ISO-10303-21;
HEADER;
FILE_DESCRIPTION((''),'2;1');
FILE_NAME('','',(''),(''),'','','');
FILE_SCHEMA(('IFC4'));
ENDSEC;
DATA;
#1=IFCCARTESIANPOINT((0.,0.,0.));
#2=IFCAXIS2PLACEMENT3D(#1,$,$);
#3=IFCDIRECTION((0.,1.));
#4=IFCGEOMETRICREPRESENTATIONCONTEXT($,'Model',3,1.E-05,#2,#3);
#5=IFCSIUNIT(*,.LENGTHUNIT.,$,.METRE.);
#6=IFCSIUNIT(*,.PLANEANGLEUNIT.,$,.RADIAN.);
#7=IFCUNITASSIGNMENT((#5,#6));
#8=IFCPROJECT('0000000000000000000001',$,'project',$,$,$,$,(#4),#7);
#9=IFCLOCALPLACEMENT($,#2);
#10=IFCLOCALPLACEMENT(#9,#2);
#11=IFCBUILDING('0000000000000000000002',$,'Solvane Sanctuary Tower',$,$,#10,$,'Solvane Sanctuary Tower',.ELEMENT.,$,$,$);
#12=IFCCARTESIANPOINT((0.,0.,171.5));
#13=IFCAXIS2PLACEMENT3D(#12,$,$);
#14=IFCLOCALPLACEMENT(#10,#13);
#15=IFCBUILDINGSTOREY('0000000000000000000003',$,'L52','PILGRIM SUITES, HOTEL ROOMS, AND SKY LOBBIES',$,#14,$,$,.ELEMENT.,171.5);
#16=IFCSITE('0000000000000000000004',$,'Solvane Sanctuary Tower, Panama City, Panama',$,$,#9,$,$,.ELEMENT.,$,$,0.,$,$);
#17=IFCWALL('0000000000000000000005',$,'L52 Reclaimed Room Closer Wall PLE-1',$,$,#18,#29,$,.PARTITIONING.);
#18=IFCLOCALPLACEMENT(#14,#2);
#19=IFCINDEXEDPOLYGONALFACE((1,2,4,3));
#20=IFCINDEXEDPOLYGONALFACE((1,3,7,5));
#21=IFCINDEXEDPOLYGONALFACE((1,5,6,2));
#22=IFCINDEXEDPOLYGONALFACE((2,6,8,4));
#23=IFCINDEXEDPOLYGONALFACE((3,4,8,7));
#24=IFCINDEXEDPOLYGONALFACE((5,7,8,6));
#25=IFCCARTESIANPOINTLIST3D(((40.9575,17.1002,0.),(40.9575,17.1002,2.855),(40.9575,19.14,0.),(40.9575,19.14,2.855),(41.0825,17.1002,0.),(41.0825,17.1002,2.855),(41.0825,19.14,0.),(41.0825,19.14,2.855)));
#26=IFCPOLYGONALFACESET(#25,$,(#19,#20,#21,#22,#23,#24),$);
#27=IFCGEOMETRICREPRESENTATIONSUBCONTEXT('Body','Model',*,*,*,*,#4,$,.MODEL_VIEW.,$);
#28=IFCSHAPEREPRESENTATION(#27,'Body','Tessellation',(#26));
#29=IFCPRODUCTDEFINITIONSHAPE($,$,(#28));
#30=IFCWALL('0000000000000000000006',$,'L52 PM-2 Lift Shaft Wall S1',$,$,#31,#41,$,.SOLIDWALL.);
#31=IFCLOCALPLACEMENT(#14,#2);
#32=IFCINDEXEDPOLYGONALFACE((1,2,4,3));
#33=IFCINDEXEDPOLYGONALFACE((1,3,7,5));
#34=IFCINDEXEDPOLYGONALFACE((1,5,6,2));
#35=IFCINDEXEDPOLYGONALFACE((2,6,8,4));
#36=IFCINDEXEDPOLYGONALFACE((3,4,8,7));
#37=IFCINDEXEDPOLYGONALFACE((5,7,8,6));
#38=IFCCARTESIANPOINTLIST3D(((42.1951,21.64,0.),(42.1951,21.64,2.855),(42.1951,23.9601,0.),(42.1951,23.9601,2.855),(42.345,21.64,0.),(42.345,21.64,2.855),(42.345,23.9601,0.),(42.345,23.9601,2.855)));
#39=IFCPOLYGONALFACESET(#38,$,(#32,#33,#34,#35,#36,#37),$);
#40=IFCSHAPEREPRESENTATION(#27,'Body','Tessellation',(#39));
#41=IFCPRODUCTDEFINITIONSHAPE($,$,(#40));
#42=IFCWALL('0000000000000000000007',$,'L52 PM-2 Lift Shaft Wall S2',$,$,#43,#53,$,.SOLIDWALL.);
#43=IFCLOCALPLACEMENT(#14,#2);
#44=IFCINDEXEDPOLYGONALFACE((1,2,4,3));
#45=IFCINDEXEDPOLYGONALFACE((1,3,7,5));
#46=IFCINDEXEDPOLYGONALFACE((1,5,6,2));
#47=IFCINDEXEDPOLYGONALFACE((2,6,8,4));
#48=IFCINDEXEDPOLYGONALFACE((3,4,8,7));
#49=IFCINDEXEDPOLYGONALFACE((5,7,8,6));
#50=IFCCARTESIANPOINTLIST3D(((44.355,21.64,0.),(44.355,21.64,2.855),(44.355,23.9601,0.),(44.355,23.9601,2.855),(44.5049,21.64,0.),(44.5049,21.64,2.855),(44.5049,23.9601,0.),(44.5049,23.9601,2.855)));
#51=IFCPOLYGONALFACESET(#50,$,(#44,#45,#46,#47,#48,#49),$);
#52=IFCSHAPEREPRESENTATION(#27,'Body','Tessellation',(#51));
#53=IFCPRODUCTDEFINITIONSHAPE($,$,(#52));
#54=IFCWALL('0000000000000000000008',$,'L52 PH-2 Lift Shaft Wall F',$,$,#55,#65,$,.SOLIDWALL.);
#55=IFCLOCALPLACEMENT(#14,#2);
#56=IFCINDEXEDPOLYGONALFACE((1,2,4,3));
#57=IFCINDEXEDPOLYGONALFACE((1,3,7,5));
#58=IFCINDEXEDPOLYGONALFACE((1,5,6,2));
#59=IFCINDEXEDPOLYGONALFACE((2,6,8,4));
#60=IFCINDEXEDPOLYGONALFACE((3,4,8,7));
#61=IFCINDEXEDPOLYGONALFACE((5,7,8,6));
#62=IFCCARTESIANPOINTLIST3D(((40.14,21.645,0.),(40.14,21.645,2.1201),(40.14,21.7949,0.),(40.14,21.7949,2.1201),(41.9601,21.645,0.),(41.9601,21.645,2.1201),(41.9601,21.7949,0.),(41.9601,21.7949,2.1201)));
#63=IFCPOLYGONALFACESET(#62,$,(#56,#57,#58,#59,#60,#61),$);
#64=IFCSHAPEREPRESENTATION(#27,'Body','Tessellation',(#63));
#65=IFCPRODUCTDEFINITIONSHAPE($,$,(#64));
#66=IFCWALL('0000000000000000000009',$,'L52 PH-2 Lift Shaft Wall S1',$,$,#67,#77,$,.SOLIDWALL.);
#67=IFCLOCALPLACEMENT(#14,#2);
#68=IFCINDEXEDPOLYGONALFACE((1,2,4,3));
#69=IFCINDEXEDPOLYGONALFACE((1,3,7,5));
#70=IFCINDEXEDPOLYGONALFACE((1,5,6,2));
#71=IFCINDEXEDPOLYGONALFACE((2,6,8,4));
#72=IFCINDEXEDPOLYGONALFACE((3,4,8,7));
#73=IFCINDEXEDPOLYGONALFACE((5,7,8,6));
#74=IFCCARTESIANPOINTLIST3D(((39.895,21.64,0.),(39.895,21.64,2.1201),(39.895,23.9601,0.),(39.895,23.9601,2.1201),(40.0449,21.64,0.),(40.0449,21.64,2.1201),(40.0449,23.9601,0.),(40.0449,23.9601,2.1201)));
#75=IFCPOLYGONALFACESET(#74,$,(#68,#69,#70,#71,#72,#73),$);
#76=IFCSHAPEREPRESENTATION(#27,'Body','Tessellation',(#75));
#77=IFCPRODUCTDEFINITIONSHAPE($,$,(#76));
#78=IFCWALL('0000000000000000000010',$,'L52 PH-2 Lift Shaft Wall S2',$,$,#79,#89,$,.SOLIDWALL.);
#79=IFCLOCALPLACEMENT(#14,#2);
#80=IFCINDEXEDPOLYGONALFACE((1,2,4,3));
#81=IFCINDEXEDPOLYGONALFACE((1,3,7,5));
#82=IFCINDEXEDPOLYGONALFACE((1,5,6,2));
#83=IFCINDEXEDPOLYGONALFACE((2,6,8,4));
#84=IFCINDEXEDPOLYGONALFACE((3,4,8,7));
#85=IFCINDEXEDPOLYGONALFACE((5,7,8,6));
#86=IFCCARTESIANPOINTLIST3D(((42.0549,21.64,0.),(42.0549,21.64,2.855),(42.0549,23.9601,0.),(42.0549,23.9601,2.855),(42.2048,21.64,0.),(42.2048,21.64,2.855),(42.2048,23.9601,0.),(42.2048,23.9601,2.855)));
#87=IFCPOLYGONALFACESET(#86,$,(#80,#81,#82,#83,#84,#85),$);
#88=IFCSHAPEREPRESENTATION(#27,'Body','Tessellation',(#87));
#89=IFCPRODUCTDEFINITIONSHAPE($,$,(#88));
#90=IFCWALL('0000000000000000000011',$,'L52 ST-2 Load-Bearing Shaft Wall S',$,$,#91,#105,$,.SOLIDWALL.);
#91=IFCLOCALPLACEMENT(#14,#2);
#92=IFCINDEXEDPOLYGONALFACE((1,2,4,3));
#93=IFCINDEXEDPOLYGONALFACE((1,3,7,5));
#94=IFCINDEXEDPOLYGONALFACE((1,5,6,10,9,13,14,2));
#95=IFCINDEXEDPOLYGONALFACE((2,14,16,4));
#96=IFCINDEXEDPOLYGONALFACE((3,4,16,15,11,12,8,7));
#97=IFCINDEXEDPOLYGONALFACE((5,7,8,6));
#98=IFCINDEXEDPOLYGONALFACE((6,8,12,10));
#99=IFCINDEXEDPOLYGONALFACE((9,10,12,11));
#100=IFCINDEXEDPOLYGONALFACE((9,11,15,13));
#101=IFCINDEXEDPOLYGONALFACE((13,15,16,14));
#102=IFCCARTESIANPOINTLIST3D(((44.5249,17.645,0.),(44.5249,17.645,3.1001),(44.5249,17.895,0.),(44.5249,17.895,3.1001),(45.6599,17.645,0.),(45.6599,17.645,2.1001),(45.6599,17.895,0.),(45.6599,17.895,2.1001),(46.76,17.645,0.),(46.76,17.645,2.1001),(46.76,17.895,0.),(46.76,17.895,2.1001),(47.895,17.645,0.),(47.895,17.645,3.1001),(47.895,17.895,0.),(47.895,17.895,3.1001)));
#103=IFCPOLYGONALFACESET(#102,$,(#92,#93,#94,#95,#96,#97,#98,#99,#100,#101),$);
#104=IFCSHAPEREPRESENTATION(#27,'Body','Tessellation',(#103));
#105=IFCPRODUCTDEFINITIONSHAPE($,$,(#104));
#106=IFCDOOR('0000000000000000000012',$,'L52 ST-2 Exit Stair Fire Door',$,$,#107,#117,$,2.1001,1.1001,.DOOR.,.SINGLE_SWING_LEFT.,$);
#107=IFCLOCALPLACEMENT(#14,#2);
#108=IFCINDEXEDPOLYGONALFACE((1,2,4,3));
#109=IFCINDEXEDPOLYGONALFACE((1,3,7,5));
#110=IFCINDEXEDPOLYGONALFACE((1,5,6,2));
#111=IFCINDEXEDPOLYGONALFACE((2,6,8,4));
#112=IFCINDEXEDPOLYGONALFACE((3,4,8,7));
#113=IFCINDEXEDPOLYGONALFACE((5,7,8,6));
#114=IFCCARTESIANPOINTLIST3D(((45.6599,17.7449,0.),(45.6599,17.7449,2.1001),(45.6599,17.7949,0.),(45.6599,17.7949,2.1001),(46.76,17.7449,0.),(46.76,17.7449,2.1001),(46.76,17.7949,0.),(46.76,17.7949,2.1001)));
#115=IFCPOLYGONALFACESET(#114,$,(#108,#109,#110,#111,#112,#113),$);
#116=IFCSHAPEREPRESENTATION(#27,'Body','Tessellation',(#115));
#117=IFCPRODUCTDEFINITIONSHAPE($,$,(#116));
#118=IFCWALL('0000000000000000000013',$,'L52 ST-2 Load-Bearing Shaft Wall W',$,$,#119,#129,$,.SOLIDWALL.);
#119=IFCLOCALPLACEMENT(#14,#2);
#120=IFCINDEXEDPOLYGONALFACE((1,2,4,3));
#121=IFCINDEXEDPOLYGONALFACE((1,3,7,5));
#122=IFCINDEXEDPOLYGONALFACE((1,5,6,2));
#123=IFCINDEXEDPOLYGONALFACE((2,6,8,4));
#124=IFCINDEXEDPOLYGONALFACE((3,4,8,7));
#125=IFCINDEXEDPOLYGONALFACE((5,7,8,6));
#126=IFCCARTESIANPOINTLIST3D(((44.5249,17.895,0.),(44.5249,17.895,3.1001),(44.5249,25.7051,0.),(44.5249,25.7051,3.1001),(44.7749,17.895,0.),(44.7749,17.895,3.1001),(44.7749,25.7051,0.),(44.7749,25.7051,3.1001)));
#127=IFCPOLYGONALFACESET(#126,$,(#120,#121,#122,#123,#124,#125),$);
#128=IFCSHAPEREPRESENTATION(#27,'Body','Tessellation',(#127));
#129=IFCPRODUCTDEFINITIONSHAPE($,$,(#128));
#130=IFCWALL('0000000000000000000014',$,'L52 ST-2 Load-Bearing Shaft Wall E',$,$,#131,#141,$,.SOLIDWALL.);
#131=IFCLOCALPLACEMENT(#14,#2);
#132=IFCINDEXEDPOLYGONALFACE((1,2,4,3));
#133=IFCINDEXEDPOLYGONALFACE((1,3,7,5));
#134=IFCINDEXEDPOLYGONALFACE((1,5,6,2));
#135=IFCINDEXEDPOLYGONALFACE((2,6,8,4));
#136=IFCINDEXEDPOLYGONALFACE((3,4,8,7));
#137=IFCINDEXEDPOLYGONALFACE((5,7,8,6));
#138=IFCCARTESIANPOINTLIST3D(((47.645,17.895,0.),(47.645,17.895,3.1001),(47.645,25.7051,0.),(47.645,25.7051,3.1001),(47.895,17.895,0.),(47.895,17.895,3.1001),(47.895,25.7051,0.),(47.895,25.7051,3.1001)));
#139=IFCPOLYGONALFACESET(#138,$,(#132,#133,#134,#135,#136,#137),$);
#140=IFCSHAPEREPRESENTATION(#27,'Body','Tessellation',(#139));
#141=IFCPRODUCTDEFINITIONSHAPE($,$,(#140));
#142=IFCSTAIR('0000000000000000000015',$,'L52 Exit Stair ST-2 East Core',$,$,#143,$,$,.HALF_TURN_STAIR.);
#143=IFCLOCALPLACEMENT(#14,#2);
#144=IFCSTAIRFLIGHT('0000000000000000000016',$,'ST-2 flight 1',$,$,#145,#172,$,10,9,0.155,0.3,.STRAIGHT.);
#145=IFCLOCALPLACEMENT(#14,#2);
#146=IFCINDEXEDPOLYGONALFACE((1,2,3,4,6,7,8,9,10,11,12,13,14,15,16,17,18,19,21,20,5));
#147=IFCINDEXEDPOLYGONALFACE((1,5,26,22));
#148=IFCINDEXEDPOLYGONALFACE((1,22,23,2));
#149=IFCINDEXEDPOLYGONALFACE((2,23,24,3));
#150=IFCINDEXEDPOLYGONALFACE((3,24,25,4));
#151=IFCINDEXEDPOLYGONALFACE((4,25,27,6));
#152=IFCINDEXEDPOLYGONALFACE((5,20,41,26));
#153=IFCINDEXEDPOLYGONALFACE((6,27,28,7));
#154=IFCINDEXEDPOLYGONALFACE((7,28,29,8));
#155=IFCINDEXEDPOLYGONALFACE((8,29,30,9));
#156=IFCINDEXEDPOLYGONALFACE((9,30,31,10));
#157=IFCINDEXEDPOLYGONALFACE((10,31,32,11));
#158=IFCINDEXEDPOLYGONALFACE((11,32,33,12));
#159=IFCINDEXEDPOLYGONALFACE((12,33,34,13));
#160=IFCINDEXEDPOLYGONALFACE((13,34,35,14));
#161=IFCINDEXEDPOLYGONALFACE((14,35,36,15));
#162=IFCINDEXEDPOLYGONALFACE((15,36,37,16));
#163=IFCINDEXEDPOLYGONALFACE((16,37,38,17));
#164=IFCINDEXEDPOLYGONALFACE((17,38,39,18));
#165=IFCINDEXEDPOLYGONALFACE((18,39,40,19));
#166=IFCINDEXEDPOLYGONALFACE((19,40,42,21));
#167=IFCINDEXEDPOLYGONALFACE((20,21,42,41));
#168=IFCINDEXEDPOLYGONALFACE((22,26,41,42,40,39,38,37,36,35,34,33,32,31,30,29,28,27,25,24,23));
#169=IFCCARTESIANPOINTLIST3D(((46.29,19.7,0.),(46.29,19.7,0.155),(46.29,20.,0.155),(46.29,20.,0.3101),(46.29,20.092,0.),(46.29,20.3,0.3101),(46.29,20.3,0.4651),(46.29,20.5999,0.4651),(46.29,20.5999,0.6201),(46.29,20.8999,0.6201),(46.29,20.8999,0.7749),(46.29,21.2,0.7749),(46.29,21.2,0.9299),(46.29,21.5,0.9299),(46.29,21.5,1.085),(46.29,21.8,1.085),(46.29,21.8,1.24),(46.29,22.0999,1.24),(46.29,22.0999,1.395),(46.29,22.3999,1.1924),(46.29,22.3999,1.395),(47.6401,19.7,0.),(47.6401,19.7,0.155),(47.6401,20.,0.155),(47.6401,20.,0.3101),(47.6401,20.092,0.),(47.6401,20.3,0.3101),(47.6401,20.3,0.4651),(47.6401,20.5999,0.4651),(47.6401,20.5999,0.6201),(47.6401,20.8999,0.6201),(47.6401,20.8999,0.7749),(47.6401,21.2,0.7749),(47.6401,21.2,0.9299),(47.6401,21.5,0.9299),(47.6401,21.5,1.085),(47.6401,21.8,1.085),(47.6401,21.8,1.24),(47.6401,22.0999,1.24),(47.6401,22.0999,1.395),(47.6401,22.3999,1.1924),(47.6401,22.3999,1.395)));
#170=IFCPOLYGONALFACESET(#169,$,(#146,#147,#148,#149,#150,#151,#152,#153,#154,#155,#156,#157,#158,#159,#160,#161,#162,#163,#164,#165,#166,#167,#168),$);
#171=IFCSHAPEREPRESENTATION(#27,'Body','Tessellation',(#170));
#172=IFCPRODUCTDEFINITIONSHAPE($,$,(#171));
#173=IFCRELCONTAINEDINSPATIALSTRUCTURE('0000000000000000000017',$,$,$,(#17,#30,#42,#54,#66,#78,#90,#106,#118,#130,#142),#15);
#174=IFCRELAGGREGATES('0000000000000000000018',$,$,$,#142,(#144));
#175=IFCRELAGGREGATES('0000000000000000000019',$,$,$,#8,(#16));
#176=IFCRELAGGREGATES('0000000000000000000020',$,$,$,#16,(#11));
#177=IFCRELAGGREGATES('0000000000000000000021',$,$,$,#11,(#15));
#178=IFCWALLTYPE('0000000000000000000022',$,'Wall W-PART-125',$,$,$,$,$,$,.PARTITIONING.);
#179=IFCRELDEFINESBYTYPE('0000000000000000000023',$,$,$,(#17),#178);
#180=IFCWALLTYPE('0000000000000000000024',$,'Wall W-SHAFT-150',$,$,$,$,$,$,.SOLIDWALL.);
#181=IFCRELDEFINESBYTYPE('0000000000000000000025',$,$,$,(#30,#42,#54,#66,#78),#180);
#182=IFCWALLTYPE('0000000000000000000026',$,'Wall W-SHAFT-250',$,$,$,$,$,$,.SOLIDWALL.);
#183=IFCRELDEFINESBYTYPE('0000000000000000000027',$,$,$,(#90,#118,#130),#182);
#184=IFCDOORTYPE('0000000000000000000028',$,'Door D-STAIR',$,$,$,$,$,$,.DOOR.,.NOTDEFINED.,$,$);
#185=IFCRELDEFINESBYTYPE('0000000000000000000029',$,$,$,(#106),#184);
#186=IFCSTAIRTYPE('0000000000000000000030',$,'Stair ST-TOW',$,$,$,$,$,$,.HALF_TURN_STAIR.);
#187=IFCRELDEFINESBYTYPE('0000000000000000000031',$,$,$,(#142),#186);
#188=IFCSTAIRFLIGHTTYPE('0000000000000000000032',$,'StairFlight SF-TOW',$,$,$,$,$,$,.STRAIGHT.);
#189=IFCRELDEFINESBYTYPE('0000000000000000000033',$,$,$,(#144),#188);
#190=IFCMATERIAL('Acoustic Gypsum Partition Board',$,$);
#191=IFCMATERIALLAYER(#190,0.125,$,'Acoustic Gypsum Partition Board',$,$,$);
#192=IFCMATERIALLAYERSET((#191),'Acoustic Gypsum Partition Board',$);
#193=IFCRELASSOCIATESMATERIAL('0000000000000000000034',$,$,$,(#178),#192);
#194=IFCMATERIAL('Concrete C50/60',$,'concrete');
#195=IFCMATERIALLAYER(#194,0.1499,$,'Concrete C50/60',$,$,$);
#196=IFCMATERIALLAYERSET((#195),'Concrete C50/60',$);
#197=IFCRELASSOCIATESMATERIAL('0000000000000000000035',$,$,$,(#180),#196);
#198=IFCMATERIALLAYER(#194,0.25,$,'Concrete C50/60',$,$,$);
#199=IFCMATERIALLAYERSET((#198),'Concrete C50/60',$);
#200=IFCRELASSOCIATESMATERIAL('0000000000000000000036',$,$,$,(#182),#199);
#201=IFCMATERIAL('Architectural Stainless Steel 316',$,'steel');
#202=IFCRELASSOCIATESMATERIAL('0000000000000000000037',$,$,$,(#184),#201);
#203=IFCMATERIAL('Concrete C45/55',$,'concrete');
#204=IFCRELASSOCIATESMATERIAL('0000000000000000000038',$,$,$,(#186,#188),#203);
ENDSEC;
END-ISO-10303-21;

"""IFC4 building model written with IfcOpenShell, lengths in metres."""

from ifc_helpers import new_model, si_unit, direction, frame, frame_2d, origin, place, context, subcontext, project, spatial, polyline, rectangle, outline, extrude, material, layer, layer_set, type_object, element, fill, aggregate, save


model = new_model("IFC4")

# Units and contexts
model_context = context("Model", 3, precision=1e-05, world=origin(), true_north=direction((0.0, 1.0)))
body_context = subcontext(model_context, "Body", "Model", "MODEL_VIEW")
ifc_project = project(units=[si_unit("LENGTHUNIT", "METRE"), si_unit("PLANEANGLEUNIT", "RADIAN")], contexts=[model_context])

# Site, building, storey
site_placement = place(None, origin())
site = spatial("IfcSite", under=ifc_project, at=site_placement, Name="Solvane Sanctuary Tower, Panama City, Panama", CompositionType="ELEMENT", RefElevation=0.0)
building_placement = place(site_placement, origin())
building = spatial("IfcBuilding", under=site, at=building_placement, Name="Solvane Sanctuary Tower", LongName="Solvane Sanctuary Tower", CompositionType="ELEMENT")
storey_placement = place(building_placement, frame((0.0, 0.0, 171.5)))
storey = spatial("IfcBuildingStorey", under=building, at=storey_placement, Name="L52", Description="PILGRIM SUITES, HOTEL ROOMS, AND SKY LOBBIES", CompositionType="ELEMENT", Elevation=171.5)

# Shared definitions
ifc_material_1 = material(Name="Acoustic Gypsum Partition Board")

# Shared definitions
ifc_layer_1 = layer(ifc_material_1, 0.125, Name="Acoustic Gypsum Partition Board")
ifc_layer_set_1 = layer_set([ifc_layer_1], Name="Acoustic Gypsum Partition Board")
wall_type_1 = type_object("IfcWallType", Name="Wall W-PART-125", PredefinedType="PARTITIONING", material=ifc_layer_set_1)
ifc_material_2 = material(Name="Architectural Stainless Steel 316", Category="steel")

# Walls
wall_1_placement = place(storey_placement, frame((41.02, 17.1001, 0.0), z_axis=(0.0, 0.0, 1.0), x_axis=(0.0, 1.0, 0.0)))
element("IfcWall", 1, at=wall_1_placement, inside=storey, type_object=wall_type_1, Name="L52 Reclaimed Room Closer Wall PLE-1", PredefinedType="PARTITIONING", context=body_context, shape_type="SweptSolid", body=[
    extrude(rectangle(XDim=2.0398, YDim=0.125, at=frame_2d((1.02, 0.0))), origin(), (0.0, 0.0, 1.0), 2.855),
])
ifc_material_3 = material(Name="Concrete C50/60", Category="concrete")
ifc_layer_2 = layer(ifc_material_3, 0.1499, Name="Concrete C50/60")
ifc_layer_set_2 = layer_set([ifc_layer_2], Name="Concrete C50/60")
wall_type_2 = type_object("IfcWallType", Name="Wall W-SHAFT-150", PredefinedType="SOLIDWALL", material=ifc_layer_set_2)
for number, where, z_axis, x_axis, name in (
    (2, (42.27, 21.6399, 0.0), (0.0, 0.0, 1.0), (0.0, 1.0, 0.0), "L52 PM-2 Lift Shaft Wall S1"),
    (3, (44.4299, 21.6399, 0.0), (0.0, 0.0, 1.0), (0.0, 1.0, 0.0), "L52 PM-2 Lift Shaft Wall S2"),
):
    element("IfcWall", number, at=place(storey_placement, frame(where, z_axis=z_axis, x_axis=x_axis)), inside=storey, type_object=wall_type_2, Name=name, PredefinedType="SOLIDWALL", context=body_context, shape_type="SweptSolid", body=[
        extrude(rectangle(XDim=2.3201, YDim=0.1499, at=frame_2d((1.1602, 0.0))), origin(), (0.0, 0.0, 1.0), 2.855),
    ])
wall_2_placement = place(storey_placement, frame((40.1399, 21.72, 0.0), z_axis=(0.0, 0.0, 1.0), x_axis=(1.0, 0.0, 0.0)))
element("IfcWall", 4, at=wall_2_placement, inside=storey, type_object=wall_type_2, Name="L52 PH-2 Lift Shaft Wall F", PredefinedType="SOLIDWALL", context=body_context, shape_type="SweptSolid", body=[
    extrude(rectangle(XDim=1.8201, YDim=0.1499, at=frame_2d((0.9102, 0.0))), origin(), (0.0, 0.0, 1.0), 2.1201),
])
wall_3_placement = place(storey_placement, frame((39.97, 21.6399, 0.0), z_axis=(0.0, 0.0, 1.0), x_axis=(0.0, 1.0, 0.0)))
element("IfcWall", 5, at=wall_3_placement, inside=storey, type_object=wall_type_2, Name="L52 PH-2 Lift Shaft Wall S1", PredefinedType="SOLIDWALL", context=body_context, shape_type="SweptSolid", body=[
    extrude(rectangle(XDim=2.3201, YDim=0.1499, at=frame_2d((1.1602, 0.0))), origin(), (0.0, 0.0, 1.0), 2.1201),
])
wall_4_placement = place(storey_placement, frame((42.1299, 21.6399, 0.0), z_axis=(0.0, 0.0, 1.0), x_axis=(0.0, 1.0, 0.0)))
element("IfcWall", 6, at=wall_4_placement, inside=storey, type_object=wall_type_2, Name="L52 PH-2 Lift Shaft Wall S2", PredefinedType="SOLIDWALL", context=body_context, shape_type="SweptSolid", body=[
    extrude(rectangle(XDim=2.3201, YDim=0.1499, at=frame_2d((1.1602, 0.0))), origin(), (0.0, 0.0, 1.0), 2.855),
])

# Wall, opening, door
ifc_layer_3 = layer(ifc_material_3, 0.25, Name="Concrete C50/60")
ifc_layer_set_3 = layer_set([ifc_layer_3], Name="Concrete C50/60")
wall_type_3 = type_object("IfcWallType", Name="Wall W-SHAFT-250", PredefinedType="SOLIDWALL", material=ifc_layer_set_3)
wall_5_placement = place(storey_placement, frame((44.5249, 17.77, 0.0), z_axis=(0.0, 0.0, 1.0), x_axis=(1.0, 0.0, 0.0)))
wall_5 = element("IfcWall", 7, at=wall_5_placement, inside=storey, type_object=wall_type_3, Name="L52 ST-2 Load-Bearing Shaft Wall S", PredefinedType="SOLIDWALL", context=body_context, shape_type="SweptSolid", body=[
    extrude(rectangle(XDim=3.3701, YDim=0.25, at=frame_2d((1.6851, 0.0))), origin(), (0.0, 0.0, 1.0), 3.1001),
])
opening_1_placement = place(wall_5_placement, frame((1.135, 0.0, 0.0)))
opening_1 = element("IfcOpeningElement", 8, at=opening_1_placement, cuts=wall_5, PredefinedType="OPENING", context=body_context, shape_type="SweptSolid", body=[
    extrude(rectangle(XDim=1.1001, YDim=2.1001, at=frame_2d((0.55, 1.05))), frame((0.0, 0.135, 0.0), z_axis=(0.0, -1.0, 0.0), x_axis=(1.0, 0.0, 0.0)), (0.0, 0.0, 1.0), 0.27),
])
door_type_1 = type_object("IfcDoorType", Name="Door D-STAIR", OperationType="NOTDEFINED", PredefinedType="DOOR", material=ifc_material_2)
door_1_placement = place(opening_1_placement, origin())
door_1 = element("IfcDoor", 9, at=door_1_placement, inside=storey, type_object=door_type_1, Name="L52 ST-2 Exit Stair Fire Door", OperationType="SINGLE_SWING_LEFT", OverallHeight=2.1001, OverallWidth=1.1001, PredefinedType="DOOR", context=body_context, shape_type="SweptSolid", body=[
    extrude(rectangle(XDim=1.1001, YDim=2.1001, at=frame_2d((0.55, 1.05))), frame((0.0, 0.0249, 0.0), z_axis=(0.0, -1.0, 0.0), x_axis=(1.0, 0.0, 0.0)), (0.0, 0.0, 1.0), 0.05),
])
fill(opening_1, door_1)

# Walls
for number, where, z_axis, x_axis, name in (
    (10, (44.6499, 17.895, 0.0), (0.0, 0.0, 1.0), (0.0, 1.0, 0.0), "L52 ST-2 Load-Bearing Shaft Wall W"),
    (11, (47.77, 17.895, 0.0), (0.0, 0.0, 1.0), (0.0, 1.0, 0.0), "L52 ST-2 Load-Bearing Shaft Wall E"),
):
    element("IfcWall", number, at=place(storey_placement, frame(where, z_axis=z_axis, x_axis=x_axis)), inside=storey, type_object=wall_type_3, Name=name, PredefinedType="SOLIDWALL", context=body_context, shape_type="SweptSolid", body=[
        extrude(rectangle(XDim=7.8101, YDim=0.25, at=frame_2d((3.905, 0.0))), origin(), (0.0, 0.0, 1.0), 3.1001),
    ])

# Stair, stair flight
ifc_material_4 = material(Name="Concrete C45/55", Category="concrete")
stair_type = type_object("IfcStairType", Name="Stair ST-TOW", PredefinedType="HALF_TURN_STAIR", material=ifc_material_4)
stair_placement = place(storey_placement, origin())
stair = element("IfcStair", 12, at=stair_placement, inside=storey, type_object=stair_type, Name="L52 Exit Stair ST-2 East Core", PredefinedType="HALF_TURN_STAIR")
stair_flight_type = type_object("IfcStairFlightType", Name="StairFlight SF-TOW", PredefinedType="STRAIGHT", material=ifc_material_4)
stair_flight_placement = place(storey_placement, frame((46.9651, 19.7, 0.0), z_axis=(0.0, 0.0, 1.0), x_axis=(0.0, 1.0, 0.0)))
stair_flight = element("IfcStairFlight", 13, at=stair_flight_placement, type_object=stair_flight_type, Name="ST-2 flight 1", NumberOfRisers=10, NumberOfTreads=9, PredefinedType="STRAIGHT", RiserHeight=0.155, TreadLength=0.3, context=body_context, shape_type="SweptSolid", body=[
    extrude(outline(polyline([(0.0, 0.0), (0.0, 0.155), (0.3, 0.155), (0.3, 0.3101), (0.6001, 0.3101), (0.6001, 0.4651), (0.8999, 0.4651), (0.8999, 0.6201), (1.2, 0.6201), (1.2, 0.7749), (1.5, 0.7749), (1.5, 0.9299), (1.8, 0.9299), (1.8, 1.085), (2.1001, 1.085), (2.1001, 1.24), (2.3999, 1.24), (2.3999, 1.395), (2.7, 1.395), (2.7, 1.55), (2.7, 1.1924), (0.3921, 0.0), (0.0, 0.0)])), frame((0.0, 0.675, 0.0), z_axis=(0.0, -1.0, 0.0), x_axis=(1.0, 0.0, 0.0)), (0.0, 0.0, 1.0), 1.3501),
])
aggregate(stair, [stair_flight])

save(model, "model.ifc")
